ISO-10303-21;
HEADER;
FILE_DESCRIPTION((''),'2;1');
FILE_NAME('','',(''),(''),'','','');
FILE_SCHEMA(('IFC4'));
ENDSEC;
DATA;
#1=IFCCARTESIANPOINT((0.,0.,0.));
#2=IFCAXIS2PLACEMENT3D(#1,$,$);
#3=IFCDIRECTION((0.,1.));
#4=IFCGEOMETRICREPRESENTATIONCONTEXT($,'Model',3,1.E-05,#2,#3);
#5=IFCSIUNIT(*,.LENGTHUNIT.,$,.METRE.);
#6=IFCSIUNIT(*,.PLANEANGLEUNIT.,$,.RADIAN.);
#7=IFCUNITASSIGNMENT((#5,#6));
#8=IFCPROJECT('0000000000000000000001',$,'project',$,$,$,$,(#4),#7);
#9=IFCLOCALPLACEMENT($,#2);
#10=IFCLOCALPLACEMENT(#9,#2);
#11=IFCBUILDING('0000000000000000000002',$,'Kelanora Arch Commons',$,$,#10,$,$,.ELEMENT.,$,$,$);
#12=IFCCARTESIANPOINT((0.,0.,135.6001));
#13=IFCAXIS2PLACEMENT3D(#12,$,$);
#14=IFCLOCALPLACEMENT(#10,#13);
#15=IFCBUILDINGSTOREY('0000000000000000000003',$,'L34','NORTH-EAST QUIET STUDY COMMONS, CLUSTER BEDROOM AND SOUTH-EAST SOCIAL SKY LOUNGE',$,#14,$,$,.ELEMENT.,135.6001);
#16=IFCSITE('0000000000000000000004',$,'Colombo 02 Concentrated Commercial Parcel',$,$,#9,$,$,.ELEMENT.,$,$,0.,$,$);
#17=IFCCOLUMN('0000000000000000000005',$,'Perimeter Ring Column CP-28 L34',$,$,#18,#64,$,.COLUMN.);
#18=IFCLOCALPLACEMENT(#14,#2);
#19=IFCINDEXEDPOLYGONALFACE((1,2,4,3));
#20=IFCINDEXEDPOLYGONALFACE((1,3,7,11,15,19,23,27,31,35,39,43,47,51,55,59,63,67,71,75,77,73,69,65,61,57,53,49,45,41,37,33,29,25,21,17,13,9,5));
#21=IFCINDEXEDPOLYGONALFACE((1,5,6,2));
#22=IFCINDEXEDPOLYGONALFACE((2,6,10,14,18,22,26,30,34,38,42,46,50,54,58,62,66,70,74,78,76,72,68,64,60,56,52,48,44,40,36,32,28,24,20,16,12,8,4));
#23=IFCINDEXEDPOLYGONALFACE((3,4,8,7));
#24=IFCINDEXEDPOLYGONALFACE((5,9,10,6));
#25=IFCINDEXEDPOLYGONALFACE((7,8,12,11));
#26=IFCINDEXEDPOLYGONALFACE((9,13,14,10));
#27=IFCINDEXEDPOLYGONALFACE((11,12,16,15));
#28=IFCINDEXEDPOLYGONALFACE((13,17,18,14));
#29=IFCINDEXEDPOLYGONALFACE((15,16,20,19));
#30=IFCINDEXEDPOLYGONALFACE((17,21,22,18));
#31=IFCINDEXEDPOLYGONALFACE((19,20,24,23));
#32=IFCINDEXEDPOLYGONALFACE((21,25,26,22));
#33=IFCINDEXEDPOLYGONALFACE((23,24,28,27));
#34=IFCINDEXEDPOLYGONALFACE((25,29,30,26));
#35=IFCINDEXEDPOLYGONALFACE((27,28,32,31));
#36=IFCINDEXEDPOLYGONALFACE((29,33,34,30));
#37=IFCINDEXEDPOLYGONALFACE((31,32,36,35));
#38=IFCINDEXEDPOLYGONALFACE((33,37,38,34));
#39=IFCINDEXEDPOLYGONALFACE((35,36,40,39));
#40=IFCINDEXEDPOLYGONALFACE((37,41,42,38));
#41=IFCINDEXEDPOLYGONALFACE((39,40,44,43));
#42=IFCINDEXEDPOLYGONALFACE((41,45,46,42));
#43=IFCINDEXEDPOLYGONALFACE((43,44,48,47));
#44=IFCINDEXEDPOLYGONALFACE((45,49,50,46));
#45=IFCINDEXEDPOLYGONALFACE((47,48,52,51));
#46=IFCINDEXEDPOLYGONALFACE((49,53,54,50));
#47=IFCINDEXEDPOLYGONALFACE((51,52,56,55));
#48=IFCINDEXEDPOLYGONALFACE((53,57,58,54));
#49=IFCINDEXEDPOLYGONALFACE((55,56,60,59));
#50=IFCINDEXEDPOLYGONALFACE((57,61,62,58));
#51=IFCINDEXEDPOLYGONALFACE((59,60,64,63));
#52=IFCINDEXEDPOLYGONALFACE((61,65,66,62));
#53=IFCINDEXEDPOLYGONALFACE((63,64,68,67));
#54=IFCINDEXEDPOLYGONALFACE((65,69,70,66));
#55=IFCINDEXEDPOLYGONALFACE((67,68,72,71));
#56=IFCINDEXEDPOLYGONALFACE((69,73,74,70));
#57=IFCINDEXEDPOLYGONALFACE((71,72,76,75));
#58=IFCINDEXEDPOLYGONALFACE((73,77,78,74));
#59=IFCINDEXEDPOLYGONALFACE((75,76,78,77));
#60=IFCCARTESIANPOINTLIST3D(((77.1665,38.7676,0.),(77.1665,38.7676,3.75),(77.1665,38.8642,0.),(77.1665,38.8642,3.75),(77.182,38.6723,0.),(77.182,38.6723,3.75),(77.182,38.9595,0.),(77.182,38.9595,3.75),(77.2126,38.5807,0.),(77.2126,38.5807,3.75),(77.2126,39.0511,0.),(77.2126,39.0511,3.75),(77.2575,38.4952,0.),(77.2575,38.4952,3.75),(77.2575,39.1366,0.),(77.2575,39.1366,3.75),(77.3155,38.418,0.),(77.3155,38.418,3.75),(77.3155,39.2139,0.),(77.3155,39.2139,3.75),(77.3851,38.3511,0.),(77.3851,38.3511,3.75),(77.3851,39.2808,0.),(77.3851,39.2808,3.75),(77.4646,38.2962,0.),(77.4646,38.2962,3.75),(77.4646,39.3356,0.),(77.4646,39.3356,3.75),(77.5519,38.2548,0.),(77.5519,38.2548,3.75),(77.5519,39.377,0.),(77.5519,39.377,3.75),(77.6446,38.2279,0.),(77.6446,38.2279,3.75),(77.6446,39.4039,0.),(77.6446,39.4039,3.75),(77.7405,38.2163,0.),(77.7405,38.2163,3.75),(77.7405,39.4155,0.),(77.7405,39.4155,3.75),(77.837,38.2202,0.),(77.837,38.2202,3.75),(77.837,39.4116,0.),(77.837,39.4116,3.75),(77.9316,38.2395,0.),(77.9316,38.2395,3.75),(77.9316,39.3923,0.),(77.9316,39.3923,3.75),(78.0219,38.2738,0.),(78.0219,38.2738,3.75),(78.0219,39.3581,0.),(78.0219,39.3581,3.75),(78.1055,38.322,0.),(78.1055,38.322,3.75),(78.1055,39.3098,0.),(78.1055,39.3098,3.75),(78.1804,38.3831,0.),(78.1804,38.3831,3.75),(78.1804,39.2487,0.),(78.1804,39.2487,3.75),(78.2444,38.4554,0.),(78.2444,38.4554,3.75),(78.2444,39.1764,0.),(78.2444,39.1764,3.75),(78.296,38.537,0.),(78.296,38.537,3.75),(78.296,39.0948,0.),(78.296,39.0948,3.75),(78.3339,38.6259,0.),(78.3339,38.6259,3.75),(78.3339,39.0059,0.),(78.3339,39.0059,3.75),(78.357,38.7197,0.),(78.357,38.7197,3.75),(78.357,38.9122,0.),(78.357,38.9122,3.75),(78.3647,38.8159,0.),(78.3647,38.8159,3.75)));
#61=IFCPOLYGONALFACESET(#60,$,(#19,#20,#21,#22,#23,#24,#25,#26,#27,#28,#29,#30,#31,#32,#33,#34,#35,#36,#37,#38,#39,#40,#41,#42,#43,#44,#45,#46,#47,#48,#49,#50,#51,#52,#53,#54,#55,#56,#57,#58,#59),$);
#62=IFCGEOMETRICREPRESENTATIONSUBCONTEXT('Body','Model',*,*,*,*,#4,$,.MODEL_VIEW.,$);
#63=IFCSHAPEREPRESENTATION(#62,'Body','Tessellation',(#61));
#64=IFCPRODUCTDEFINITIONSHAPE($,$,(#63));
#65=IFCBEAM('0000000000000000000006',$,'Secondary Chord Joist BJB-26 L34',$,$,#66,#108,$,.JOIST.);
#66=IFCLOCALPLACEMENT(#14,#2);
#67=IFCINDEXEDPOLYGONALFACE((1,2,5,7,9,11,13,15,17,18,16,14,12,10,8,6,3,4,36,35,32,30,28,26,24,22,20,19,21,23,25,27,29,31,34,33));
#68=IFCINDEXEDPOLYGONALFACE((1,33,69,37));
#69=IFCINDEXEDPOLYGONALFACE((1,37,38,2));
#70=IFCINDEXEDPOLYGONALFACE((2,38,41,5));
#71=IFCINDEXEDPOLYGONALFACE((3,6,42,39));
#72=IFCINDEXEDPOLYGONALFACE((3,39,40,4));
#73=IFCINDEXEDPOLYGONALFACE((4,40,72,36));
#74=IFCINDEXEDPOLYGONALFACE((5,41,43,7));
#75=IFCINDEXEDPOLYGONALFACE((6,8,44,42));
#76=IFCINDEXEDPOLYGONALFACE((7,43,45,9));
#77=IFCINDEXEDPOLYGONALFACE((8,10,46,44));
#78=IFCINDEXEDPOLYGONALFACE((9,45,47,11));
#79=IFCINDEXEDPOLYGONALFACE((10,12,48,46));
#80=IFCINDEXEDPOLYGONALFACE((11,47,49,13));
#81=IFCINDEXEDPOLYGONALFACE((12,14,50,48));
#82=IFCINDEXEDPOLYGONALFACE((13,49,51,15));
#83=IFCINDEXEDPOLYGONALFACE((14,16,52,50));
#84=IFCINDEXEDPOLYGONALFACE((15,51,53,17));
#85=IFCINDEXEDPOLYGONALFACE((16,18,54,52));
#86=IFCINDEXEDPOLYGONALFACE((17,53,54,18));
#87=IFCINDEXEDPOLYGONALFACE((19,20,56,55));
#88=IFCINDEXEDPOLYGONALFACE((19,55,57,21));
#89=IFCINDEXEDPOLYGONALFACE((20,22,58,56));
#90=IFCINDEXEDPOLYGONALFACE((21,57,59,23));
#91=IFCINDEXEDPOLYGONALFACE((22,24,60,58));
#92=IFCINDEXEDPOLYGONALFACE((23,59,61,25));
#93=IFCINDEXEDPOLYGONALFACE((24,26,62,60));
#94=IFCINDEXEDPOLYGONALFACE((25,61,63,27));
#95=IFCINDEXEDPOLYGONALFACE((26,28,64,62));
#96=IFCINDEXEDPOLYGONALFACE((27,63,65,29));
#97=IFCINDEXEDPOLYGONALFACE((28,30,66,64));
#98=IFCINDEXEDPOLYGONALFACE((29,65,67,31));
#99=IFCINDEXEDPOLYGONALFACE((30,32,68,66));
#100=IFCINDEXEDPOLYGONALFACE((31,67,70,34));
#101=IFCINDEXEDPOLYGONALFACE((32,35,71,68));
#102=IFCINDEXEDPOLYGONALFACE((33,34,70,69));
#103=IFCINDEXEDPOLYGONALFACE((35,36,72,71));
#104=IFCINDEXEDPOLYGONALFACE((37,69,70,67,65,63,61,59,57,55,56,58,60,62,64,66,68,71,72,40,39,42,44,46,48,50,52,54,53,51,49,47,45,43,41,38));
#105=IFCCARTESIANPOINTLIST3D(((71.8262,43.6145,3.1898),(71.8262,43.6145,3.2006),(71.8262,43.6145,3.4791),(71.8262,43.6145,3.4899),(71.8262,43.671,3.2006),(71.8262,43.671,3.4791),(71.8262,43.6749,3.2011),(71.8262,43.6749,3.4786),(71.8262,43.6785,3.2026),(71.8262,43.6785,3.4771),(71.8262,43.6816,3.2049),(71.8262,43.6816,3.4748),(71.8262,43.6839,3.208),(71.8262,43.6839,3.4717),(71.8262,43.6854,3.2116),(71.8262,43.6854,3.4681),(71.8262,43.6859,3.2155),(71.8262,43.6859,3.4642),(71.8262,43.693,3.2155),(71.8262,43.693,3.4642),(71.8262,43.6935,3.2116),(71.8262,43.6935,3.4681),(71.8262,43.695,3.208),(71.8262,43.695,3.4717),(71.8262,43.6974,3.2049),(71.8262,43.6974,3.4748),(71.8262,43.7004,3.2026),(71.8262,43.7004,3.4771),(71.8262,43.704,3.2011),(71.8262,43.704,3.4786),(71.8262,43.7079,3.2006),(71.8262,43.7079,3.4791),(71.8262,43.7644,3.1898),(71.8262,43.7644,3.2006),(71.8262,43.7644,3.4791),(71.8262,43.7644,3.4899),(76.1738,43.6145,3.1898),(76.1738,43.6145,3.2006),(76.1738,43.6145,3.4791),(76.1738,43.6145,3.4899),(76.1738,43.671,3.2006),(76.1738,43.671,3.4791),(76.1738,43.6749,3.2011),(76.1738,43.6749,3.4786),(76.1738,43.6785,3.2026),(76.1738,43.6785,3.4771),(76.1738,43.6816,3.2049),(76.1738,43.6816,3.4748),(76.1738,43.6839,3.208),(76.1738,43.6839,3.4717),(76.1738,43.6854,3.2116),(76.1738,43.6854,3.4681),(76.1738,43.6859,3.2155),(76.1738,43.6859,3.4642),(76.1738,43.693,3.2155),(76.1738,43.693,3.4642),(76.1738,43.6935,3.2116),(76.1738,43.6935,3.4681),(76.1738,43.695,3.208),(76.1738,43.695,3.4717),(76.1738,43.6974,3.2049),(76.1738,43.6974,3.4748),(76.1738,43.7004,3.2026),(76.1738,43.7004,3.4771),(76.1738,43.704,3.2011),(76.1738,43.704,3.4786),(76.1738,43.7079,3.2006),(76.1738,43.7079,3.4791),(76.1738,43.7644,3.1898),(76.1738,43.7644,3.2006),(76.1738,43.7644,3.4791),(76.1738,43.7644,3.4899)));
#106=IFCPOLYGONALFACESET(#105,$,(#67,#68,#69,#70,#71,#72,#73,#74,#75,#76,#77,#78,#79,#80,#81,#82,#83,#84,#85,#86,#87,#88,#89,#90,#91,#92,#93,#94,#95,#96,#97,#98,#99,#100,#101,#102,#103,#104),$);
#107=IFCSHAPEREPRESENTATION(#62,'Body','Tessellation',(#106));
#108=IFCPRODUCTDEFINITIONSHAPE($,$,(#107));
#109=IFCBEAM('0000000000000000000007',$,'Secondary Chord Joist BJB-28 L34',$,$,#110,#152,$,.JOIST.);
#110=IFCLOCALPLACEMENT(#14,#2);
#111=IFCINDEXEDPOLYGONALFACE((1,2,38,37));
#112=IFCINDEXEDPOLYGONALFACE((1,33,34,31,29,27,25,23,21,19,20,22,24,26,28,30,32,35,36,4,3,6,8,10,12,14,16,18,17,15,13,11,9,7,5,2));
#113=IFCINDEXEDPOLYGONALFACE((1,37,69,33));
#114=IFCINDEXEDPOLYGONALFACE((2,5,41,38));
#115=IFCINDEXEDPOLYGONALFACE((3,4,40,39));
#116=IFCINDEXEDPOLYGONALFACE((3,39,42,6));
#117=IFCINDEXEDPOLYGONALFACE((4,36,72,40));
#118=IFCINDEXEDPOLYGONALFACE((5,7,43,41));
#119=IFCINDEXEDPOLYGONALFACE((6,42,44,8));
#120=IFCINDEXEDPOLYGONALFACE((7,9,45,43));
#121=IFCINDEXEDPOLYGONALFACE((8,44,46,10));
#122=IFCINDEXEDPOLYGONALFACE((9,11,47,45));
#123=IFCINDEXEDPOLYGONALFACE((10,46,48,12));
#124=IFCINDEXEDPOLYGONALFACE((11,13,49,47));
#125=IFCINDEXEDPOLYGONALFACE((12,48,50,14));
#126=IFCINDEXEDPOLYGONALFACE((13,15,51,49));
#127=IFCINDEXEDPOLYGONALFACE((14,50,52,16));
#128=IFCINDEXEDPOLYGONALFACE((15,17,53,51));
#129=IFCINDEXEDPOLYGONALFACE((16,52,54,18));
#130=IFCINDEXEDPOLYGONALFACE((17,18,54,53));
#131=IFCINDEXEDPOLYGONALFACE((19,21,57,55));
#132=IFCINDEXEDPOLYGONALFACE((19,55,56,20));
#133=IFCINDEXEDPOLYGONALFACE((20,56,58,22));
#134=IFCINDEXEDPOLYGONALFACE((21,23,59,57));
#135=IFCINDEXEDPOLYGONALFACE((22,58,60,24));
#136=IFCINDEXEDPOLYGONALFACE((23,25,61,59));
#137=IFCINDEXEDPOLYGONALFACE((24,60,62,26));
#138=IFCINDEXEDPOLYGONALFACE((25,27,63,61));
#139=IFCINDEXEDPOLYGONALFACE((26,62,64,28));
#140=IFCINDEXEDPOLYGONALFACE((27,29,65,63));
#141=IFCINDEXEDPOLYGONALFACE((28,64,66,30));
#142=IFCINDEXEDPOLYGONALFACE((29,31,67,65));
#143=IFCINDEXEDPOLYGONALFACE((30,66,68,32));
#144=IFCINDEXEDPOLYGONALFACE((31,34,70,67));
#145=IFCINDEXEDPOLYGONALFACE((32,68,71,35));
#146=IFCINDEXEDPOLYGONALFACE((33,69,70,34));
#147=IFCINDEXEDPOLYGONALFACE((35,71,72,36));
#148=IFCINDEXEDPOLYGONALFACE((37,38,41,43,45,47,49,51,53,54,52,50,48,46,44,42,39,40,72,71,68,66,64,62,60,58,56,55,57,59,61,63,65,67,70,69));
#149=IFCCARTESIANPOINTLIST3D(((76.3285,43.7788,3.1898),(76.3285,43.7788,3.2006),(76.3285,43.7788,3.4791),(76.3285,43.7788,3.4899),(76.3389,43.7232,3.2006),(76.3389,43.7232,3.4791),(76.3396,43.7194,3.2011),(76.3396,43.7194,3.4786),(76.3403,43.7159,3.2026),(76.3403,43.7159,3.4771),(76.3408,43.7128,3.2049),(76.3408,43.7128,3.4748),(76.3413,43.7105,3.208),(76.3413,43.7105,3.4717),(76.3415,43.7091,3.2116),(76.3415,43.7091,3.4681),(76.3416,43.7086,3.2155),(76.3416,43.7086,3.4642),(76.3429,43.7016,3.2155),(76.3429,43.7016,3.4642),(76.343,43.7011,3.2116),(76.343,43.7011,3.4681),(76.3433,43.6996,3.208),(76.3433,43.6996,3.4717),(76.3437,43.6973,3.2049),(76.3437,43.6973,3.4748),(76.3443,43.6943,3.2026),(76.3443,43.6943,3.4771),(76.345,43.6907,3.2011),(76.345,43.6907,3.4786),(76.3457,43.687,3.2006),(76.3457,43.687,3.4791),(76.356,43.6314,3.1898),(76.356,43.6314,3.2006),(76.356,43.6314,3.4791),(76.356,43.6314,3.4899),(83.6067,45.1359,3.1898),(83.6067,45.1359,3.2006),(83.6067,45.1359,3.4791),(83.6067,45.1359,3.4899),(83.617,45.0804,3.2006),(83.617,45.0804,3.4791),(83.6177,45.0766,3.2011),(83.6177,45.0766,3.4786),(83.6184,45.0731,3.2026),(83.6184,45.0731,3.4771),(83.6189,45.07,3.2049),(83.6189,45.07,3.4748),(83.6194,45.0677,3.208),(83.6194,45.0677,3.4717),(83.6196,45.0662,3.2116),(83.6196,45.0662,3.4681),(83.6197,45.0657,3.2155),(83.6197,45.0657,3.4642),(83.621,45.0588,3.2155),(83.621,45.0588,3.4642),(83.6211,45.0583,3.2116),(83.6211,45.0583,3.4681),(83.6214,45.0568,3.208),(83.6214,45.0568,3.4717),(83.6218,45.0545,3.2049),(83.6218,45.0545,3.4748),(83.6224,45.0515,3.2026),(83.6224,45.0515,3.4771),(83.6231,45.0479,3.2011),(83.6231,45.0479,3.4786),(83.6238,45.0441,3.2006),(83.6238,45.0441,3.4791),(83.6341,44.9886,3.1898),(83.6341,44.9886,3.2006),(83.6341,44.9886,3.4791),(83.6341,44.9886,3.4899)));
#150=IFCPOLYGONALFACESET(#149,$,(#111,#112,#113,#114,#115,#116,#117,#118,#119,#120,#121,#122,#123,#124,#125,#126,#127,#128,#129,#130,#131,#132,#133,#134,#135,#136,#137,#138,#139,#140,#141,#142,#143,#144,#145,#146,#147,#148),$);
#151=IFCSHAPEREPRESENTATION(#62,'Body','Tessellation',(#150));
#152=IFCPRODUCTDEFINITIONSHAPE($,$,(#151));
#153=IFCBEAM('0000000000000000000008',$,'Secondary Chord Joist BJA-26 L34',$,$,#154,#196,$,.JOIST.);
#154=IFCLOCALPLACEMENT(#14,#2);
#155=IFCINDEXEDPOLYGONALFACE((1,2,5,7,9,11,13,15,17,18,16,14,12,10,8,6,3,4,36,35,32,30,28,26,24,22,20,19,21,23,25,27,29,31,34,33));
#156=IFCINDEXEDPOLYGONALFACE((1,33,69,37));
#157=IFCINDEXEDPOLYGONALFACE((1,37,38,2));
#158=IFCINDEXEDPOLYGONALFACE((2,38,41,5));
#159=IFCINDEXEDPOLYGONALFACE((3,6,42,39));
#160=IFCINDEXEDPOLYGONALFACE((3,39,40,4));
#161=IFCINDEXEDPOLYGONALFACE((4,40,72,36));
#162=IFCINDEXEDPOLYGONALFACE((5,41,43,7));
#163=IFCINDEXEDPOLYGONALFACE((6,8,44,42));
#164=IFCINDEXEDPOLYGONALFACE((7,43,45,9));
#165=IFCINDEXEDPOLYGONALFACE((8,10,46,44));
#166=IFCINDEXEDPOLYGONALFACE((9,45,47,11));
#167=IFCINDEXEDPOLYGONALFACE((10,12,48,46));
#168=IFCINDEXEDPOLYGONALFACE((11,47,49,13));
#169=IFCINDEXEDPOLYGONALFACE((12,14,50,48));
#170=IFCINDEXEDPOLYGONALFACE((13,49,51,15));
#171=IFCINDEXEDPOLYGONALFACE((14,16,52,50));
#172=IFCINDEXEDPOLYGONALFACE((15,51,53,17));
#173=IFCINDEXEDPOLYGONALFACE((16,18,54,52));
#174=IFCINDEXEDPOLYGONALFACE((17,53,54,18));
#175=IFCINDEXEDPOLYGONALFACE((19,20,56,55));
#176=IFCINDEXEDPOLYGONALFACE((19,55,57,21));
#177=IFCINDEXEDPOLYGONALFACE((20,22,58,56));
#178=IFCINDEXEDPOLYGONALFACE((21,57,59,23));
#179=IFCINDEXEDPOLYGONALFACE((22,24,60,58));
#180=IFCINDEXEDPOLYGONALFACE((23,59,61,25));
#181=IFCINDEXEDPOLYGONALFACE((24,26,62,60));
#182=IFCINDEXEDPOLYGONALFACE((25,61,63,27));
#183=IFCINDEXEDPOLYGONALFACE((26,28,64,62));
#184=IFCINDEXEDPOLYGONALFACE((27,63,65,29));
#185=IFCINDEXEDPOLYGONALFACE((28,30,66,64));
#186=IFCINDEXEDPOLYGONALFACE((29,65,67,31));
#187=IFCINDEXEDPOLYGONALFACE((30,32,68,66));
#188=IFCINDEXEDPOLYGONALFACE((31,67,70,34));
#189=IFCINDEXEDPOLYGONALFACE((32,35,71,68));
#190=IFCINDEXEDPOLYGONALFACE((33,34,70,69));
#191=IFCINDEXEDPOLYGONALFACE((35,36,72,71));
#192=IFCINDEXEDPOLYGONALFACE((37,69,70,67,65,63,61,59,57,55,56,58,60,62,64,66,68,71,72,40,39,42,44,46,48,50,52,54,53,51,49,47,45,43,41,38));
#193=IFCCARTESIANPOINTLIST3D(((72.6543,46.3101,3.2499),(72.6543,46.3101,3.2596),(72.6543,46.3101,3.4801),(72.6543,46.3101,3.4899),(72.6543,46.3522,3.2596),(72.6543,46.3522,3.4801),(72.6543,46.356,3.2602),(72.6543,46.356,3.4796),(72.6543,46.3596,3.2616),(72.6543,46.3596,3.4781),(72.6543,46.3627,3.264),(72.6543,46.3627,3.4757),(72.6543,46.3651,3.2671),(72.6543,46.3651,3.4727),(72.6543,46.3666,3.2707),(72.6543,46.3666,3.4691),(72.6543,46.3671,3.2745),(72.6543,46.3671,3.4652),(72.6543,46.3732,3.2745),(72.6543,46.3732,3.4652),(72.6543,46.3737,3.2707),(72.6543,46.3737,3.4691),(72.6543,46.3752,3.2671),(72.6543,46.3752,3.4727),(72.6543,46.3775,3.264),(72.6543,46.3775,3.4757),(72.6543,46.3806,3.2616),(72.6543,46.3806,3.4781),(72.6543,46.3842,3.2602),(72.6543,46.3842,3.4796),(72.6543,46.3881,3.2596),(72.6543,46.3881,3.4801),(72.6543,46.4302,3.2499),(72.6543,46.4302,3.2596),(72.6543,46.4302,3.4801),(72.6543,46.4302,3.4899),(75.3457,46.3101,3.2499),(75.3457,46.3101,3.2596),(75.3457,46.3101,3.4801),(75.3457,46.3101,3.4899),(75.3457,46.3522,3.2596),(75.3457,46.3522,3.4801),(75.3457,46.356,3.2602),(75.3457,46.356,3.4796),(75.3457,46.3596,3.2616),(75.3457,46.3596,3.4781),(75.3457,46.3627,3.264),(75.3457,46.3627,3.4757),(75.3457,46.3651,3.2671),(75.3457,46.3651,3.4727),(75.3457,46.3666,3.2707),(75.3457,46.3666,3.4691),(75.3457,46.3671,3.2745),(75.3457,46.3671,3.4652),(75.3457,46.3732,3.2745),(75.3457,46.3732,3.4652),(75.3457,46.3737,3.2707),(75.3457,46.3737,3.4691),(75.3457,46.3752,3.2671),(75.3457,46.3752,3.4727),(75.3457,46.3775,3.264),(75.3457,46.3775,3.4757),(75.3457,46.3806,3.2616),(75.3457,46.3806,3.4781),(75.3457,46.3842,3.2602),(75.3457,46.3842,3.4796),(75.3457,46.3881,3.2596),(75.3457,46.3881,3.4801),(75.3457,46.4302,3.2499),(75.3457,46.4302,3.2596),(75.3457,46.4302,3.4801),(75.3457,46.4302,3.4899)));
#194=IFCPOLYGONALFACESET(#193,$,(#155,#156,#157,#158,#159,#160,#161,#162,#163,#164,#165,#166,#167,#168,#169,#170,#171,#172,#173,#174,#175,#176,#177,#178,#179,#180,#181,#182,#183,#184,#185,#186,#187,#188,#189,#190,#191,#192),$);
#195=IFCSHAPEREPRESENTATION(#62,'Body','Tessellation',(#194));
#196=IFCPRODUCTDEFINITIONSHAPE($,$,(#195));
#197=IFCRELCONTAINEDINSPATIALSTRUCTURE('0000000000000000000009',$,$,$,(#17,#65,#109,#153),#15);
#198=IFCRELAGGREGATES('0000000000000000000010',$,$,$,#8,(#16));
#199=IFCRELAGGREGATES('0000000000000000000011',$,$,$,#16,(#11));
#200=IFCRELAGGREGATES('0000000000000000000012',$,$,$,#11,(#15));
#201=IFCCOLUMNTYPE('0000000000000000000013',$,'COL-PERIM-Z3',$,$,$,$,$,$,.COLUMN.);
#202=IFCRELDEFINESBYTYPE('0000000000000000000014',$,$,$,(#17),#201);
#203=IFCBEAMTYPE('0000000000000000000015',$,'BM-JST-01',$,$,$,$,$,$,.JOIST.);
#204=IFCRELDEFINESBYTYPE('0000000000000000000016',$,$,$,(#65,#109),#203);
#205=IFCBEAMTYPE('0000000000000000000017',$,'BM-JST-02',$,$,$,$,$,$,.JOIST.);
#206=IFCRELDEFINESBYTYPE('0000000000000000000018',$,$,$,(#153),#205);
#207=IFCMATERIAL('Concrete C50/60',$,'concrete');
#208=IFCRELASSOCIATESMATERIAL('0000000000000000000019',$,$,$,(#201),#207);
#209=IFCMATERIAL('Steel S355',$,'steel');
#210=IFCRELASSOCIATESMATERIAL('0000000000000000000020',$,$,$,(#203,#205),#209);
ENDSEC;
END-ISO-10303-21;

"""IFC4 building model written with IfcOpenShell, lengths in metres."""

from ifc_helpers import new_model, si_unit, direction, frame, origin, origin_2d, place, context, subcontext, project, spatial, circle, i_section, extrude, material, material_profile, profile_set, type_object, element, save


model = new_model("IFC4")

# Units and contexts
model_context = context("Model", 3, precision=1e-05, world=origin(), true_north=direction((0.0, 1.0)))
body_context = subcontext(model_context, "Body", "Model", "MODEL_VIEW")
ifc_project = project(units=[si_unit("LENGTHUNIT", "METRE"), si_unit("PLANEANGLEUNIT", "RADIAN")], contexts=[model_context])

# Site, building, storey
site_placement = place(None, origin())
site = spatial("IfcSite", under=ifc_project, at=site_placement, Name="Colombo 02 Concentrated Commercial Parcel", CompositionType="ELEMENT", RefElevation=0.0)
building_placement = place(site_placement, origin())
building = spatial("IfcBuilding", under=site, at=building_placement, Name="Kelanora Arch Commons", CompositionType="ELEMENT")
storey_placement = place(building_placement, frame((0.0, 0.0, 135.6001)))
storey = spatial("IfcBuildingStorey", under=building, at=storey_placement, Name="L34", Description="NORTH-EAST QUIET STUDY COMMONS, CLUSTER BEDROOM AND SOUTH-EAST SOCIAL SKY LOUNGE", CompositionType="ELEMENT", Elevation=135.6001)

# Column
ifc_material_1 = material(Name="Concrete C50/60", Category="concrete")
ifc_material_profile_1 = material_profile(ifc_material_1, circle(Radius=0.6001, at=origin_2d()), Name="RCC1200")
ifc_profile_set_1 = profile_set([ifc_material_profile_1], Name="Concrete C50/60")
column_type = type_object("IfcColumnType", Name="COL-PERIM-Z3", PredefinedType="COLUMN", material=ifc_profile_set_1)
column_placement = place(storey_placement, frame((77.7646, 38.8159, 0.0), z_axis=(0.0, 0.0, 1.0), x_axis=(1.0, 0.0, 0.0)))
element("IfcColumn", 1, at=column_placement, inside=storey, type_object=column_type, Name="Perimeter Ring Column CP-28 L34", PredefinedType="COLUMN", context=body_context, shape_type="SweptSolid", body=[
    extrude(circle(Radius=0.6001, at=origin_2d()), origin(), (0.0, 0.0, 1.0), 3.75),
])

# Beams
ifc_material_2 = material(Name="Steel S355", Category="steel")
ifc_material_profile_2 = material_profile(ifc_material_2, i_section(OverallWidth=0.1499, OverallDepth=0.3, WebThickness=0.0071, FlangeThickness=0.0107, FilletRadius=0.0149, at=origin_2d()), Name="IPE300")
ifc_profile_set_2 = profile_set([ifc_material_profile_2], Name="Steel S355")
beam_type_1 = type_object("IfcBeamType", Name="BM-JST-01", PredefinedType="JOIST", material=ifc_profile_set_2)
beam_1_placement = place(storey_placement, frame((71.8262, 43.6895, 3.3398), z_axis=(1.0, 0.0, 0.0), x_axis=(0.0, 1.0, 0.0)))
element("IfcBeam", 2, at=beam_1_placement, inside=storey, type_object=beam_type_1, Name="Secondary Chord Joist BJB-26 L34", PredefinedType="JOIST", context=body_context, shape_type="SweptSolid", body=[
    extrude(i_section(OverallWidth=0.1499, OverallDepth=0.3, WebThickness=0.0071, FlangeThickness=0.0107, FilletRadius=0.0149, at=origin_2d()), origin(), (0.0, 0.0, 1.0), 4.3477),
])
beam_2_placement = place(storey_placement, frame((76.3423, 43.7051, 3.3398), z_axis=(0.983054, 0.183315, 0.0), x_axis=(-0.183315, 0.983054, 0.0)))
element("IfcBeam", 3, at=beam_2_placement, inside=storey, type_object=beam_type_1, Name="Secondary Chord Joist BJB-28 L34", PredefinedType="JOIST", context=body_context, shape_type="SweptSolid", body=[
    extrude(i_section(OverallWidth=0.1499, OverallDepth=0.3, WebThickness=0.0071, FlangeThickness=0.0107, FilletRadius=0.0149, at=origin_2d()), origin(), (0.0, 0.0, 1.0), 7.4036),
])
ifc_material_profile_3 = material_profile(ifc_material_2, i_section(OverallWidth=0.1201, OverallDepth=0.24, WebThickness=0.0061, FlangeThickness=0.0098, FilletRadius=0.0149, at=origin_2d()), Name="IPE240")
ifc_profile_set_3 = profile_set([ifc_material_profile_3], Name="Steel S355")
beam_type_2 = type_object("IfcBeamType", Name="BM-JST-02", PredefinedType="JOIST", material=ifc_profile_set_3)
beam_3_placement = place(storey_placement, frame((72.6543, 46.3701, 3.3699), z_axis=(1.0, 0.0, 0.0), x_axis=(0.0, 1.0, 0.0)))
element("IfcBeam", 4, at=beam_3_placement, inside=storey, type_object=beam_type_2, Name="Secondary Chord Joist BJA-26 L34", PredefinedType="JOIST", context=body_context, shape_type="SweptSolid", body=[
    extrude(i_section(OverallWidth=0.1201, OverallDepth=0.24, WebThickness=0.0061, FlangeThickness=0.0098, FilletRadius=0.0149, at=origin_2d()), origin(), (0.0, 0.0, 1.0), 2.6914),
])

save(model, "model.ifc")
